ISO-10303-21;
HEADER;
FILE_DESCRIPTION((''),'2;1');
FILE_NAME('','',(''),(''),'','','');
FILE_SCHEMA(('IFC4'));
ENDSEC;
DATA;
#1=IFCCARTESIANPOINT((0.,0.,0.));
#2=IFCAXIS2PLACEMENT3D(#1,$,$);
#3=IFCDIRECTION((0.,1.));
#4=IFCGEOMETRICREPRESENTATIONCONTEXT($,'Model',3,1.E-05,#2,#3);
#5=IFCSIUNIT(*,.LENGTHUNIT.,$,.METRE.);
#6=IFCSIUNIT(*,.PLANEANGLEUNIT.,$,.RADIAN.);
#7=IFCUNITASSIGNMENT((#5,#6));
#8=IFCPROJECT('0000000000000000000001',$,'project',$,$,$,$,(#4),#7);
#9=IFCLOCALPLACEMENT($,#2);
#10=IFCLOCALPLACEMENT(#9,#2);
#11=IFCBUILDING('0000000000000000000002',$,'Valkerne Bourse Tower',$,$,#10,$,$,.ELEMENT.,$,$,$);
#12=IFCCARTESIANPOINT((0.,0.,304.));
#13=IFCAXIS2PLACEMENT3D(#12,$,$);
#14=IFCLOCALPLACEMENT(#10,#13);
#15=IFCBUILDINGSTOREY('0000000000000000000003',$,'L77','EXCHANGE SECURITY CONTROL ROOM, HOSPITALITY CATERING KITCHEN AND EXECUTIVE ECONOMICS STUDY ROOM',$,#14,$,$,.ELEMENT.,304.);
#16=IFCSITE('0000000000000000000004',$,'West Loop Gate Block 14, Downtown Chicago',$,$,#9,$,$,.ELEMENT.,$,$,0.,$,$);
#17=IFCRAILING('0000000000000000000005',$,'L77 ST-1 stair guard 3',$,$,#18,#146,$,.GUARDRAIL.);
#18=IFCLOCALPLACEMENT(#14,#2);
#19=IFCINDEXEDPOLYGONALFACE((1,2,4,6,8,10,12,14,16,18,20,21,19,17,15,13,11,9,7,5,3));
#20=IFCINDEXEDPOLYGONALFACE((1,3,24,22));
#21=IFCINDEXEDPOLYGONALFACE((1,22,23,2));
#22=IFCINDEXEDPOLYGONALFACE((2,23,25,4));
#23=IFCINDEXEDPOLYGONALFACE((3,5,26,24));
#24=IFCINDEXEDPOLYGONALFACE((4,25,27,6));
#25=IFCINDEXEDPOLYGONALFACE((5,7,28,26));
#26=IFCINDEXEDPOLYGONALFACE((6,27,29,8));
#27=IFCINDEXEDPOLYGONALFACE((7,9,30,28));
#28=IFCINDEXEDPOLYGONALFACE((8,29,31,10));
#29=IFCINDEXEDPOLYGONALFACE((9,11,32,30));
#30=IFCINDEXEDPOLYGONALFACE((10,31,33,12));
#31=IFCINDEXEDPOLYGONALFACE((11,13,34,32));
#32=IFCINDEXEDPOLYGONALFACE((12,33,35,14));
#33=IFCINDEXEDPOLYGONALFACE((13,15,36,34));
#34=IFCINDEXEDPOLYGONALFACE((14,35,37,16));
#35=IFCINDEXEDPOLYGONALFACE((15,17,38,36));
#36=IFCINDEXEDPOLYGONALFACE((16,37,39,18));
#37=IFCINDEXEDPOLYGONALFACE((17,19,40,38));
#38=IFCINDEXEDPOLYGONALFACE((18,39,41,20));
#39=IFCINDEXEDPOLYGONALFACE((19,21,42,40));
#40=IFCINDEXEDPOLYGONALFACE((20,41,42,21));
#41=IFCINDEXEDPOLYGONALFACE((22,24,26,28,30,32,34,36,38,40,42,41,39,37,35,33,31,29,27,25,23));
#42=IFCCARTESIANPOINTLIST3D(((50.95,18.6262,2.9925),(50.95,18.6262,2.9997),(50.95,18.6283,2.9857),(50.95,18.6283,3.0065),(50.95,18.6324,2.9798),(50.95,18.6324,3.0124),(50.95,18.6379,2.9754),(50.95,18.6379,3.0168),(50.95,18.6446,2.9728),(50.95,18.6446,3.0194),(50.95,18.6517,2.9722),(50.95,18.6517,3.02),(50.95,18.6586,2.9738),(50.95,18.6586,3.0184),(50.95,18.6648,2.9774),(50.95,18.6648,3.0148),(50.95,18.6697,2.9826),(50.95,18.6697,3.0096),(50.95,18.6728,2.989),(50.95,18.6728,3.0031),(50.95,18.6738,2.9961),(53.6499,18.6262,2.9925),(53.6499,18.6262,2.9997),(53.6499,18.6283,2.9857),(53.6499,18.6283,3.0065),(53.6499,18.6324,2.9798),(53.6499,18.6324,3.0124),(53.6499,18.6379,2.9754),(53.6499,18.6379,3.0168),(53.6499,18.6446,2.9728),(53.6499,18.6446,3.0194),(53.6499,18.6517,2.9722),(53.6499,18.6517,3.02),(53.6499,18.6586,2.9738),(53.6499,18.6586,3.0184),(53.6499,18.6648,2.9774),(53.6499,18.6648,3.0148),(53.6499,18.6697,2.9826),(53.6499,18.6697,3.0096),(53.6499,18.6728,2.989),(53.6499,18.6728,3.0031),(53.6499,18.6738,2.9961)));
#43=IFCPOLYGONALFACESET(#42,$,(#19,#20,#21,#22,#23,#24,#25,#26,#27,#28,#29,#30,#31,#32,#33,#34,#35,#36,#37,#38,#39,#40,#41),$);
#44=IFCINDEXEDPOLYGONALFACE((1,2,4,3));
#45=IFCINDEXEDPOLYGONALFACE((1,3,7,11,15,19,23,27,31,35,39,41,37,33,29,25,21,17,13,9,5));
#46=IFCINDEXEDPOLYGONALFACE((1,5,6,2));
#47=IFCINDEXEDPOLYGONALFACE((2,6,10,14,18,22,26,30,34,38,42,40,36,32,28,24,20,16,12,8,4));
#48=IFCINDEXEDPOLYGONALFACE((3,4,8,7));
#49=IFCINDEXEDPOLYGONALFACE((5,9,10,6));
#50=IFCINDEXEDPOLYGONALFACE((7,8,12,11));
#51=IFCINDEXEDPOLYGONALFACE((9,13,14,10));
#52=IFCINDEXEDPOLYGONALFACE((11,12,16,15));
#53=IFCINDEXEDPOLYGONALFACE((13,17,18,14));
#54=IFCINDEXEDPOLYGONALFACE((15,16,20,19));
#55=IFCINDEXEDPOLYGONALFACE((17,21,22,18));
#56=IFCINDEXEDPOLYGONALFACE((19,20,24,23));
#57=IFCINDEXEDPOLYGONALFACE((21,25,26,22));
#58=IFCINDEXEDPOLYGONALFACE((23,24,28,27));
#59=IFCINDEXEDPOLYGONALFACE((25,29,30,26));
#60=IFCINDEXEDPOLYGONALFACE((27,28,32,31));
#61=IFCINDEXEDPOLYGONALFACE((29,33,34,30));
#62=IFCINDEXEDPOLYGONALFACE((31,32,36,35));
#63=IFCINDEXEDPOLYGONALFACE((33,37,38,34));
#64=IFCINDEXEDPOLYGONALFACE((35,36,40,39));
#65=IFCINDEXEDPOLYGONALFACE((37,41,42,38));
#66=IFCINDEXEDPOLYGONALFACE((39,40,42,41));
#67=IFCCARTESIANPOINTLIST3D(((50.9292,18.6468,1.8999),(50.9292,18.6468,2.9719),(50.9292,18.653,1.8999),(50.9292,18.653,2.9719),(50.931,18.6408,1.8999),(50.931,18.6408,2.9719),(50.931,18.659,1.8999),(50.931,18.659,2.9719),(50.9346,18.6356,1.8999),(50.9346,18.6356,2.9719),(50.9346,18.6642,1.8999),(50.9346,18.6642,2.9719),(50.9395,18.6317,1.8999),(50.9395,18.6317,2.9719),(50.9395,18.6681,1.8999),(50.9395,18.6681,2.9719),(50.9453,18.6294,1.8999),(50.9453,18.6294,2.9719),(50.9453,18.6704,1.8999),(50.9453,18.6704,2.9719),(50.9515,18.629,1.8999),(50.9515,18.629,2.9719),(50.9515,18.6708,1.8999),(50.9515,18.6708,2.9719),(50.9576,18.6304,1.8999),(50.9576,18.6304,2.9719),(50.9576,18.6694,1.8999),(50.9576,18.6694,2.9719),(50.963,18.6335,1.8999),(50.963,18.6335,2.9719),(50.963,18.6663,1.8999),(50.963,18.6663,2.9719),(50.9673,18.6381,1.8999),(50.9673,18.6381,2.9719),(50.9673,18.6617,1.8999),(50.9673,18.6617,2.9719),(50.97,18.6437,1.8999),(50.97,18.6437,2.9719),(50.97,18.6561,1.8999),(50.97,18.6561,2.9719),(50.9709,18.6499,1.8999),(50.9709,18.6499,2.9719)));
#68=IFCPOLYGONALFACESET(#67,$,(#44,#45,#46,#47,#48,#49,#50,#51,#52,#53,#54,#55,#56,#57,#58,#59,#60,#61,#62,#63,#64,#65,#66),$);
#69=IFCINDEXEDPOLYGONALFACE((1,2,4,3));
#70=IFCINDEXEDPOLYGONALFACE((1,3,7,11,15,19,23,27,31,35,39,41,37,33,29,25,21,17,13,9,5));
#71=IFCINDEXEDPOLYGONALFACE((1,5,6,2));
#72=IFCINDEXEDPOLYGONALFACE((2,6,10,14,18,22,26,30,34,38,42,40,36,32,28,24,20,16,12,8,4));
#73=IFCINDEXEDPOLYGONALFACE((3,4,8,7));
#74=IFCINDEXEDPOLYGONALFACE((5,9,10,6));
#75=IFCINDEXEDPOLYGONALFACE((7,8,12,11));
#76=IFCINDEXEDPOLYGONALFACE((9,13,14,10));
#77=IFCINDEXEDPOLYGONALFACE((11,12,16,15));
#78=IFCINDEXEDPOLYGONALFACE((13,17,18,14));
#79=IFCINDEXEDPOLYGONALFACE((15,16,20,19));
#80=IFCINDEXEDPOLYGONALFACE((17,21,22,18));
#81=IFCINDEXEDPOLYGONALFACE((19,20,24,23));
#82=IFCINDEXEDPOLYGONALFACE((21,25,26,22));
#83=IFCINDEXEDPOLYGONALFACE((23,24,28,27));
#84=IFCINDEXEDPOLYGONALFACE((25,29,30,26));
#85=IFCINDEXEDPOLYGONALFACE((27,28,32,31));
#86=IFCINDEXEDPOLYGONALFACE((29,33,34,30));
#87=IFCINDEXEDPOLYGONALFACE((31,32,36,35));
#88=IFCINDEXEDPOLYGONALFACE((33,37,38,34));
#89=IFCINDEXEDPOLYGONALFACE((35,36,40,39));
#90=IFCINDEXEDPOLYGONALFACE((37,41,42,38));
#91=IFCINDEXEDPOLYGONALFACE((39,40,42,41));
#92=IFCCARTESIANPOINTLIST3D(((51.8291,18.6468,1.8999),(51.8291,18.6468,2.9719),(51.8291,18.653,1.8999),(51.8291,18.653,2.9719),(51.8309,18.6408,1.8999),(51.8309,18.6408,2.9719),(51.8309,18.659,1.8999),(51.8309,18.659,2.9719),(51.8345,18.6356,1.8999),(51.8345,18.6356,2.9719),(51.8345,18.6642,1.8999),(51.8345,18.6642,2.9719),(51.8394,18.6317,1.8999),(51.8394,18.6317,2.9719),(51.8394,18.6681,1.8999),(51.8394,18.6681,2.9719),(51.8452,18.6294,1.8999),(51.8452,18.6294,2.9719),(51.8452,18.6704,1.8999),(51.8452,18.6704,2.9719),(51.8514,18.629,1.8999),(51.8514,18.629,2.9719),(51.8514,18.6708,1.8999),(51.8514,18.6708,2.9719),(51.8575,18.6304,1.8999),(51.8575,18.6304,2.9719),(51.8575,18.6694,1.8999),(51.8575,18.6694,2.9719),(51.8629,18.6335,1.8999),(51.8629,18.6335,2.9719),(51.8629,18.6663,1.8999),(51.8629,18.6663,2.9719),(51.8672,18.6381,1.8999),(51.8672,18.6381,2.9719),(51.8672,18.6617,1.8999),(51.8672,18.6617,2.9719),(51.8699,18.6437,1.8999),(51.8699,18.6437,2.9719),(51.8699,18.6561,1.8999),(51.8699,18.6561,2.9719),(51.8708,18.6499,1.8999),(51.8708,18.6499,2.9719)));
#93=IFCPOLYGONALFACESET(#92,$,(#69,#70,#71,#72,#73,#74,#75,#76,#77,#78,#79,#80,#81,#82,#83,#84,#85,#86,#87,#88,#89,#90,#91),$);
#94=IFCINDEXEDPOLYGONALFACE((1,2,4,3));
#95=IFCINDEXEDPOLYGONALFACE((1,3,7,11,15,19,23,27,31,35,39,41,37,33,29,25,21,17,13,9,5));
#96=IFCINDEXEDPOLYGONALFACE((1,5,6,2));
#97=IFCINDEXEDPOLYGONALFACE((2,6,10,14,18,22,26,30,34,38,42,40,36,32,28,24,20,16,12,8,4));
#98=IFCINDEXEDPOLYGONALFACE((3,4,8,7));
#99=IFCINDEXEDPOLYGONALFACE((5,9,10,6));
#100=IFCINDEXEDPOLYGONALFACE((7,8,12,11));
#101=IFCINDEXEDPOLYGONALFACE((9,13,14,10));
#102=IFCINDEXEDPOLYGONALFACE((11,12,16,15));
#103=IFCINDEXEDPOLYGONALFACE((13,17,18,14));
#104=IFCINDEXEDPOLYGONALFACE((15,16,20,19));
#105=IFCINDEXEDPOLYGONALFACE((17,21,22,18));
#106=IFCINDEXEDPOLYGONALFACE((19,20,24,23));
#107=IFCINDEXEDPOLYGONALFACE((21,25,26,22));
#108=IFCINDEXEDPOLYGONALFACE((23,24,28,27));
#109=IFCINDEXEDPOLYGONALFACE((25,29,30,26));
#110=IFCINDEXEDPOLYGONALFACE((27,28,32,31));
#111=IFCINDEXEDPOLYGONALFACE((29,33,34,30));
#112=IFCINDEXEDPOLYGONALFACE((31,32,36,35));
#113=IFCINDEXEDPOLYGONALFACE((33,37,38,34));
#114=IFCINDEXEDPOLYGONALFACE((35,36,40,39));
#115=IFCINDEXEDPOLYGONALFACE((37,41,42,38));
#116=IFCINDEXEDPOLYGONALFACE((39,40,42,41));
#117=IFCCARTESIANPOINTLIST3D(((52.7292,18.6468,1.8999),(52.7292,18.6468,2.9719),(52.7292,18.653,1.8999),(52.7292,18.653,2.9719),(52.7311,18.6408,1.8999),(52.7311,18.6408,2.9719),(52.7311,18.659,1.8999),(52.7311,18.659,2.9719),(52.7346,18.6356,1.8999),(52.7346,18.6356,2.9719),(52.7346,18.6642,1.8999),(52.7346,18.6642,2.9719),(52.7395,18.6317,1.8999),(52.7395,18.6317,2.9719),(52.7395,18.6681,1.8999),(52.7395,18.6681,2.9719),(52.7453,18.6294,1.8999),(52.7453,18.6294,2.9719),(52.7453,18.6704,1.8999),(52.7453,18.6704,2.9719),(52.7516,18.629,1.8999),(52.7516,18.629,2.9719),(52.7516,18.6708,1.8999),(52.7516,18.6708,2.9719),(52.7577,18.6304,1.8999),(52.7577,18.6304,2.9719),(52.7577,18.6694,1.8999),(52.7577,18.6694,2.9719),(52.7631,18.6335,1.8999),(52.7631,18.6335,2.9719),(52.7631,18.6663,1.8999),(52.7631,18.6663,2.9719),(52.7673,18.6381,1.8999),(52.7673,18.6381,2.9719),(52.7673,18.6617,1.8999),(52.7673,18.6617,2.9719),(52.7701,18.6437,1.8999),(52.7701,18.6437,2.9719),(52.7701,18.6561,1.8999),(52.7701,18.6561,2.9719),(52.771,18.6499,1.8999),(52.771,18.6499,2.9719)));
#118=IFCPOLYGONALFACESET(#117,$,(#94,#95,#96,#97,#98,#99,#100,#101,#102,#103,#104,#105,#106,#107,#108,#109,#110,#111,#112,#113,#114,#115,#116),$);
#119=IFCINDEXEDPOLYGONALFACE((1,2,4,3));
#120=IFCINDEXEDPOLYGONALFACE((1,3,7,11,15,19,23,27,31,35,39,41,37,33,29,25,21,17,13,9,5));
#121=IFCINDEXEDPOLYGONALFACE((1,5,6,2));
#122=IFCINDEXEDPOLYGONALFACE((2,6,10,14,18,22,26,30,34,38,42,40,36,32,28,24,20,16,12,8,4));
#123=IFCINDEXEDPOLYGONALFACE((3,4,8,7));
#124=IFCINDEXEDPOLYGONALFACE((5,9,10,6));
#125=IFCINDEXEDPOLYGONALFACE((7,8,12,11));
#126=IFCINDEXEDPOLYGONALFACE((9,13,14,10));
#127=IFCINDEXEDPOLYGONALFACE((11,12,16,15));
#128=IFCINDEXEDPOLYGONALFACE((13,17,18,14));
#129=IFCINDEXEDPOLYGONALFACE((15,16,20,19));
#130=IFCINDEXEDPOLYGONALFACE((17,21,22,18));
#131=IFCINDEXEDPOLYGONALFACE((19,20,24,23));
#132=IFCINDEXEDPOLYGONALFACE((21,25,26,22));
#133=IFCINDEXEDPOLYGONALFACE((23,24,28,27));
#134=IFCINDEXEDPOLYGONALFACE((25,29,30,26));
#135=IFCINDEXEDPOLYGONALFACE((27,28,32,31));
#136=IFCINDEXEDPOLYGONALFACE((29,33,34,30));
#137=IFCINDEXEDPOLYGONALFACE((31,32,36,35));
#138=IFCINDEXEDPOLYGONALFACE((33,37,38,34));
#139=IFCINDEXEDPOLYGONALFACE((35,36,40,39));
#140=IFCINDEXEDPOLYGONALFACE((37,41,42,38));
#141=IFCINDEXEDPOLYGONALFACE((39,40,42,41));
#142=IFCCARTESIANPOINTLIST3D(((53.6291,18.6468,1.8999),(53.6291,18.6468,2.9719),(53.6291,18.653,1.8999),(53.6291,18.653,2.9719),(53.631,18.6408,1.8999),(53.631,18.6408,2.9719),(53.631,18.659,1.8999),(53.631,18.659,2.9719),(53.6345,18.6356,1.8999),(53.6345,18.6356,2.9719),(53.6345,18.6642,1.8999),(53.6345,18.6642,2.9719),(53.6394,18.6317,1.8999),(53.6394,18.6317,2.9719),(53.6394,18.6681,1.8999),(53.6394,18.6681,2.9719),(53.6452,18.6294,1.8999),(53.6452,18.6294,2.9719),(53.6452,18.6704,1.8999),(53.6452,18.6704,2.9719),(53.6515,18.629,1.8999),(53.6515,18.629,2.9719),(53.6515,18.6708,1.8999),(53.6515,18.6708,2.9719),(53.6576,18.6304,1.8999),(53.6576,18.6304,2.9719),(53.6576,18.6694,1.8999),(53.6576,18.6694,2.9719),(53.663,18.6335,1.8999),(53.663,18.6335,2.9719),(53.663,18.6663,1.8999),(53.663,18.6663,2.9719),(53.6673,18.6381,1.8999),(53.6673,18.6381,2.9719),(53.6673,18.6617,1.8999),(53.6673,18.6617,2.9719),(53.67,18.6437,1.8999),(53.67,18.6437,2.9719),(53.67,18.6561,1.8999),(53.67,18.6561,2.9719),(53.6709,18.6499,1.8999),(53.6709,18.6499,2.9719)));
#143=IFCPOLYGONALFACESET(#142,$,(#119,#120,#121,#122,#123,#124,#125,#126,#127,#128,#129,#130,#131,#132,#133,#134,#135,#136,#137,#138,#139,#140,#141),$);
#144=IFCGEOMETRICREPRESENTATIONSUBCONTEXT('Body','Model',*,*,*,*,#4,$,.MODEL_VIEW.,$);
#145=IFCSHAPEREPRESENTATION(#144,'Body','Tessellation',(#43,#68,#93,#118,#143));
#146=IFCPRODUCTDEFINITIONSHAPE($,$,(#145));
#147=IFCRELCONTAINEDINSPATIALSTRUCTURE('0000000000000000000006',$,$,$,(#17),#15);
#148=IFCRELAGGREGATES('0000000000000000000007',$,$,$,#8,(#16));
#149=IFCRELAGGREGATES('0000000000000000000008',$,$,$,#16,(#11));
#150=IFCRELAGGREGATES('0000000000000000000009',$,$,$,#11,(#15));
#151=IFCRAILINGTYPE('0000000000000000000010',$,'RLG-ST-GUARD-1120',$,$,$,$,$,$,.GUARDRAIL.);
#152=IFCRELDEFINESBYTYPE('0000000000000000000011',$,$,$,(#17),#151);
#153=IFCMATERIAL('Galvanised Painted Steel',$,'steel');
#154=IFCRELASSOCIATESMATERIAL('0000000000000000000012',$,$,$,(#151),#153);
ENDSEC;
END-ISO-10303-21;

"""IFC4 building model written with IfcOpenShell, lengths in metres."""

from ifc_helpers import new_model, si_unit, direction, frame, origin, origin_2d, place, context, subcontext, project, spatial, circle, extrude, material, type_object, element, save


model = new_model("IFC4")

# Units and contexts
model_context = context("Model", 3, precision=1e-05, world=origin(), true_north=direction((0.0, 1.0)))
body_context = subcontext(model_context, "Body", "Model", "MODEL_VIEW")
ifc_project = project(units=[si_unit("LENGTHUNIT", "METRE"), si_unit("PLANEANGLEUNIT", "RADIAN")], contexts=[model_context])

# Site, building, storey
site_placement = place(None, origin())
site = spatial("IfcSite", under=ifc_project, at=site_placement, Name="West Loop Gate Block 14, Downtown Chicago", CompositionType="ELEMENT", RefElevation=0.0)
building_placement = place(site_placement, origin())
building = spatial("IfcBuilding", under=site, at=building_placement, Name="Valkerne Bourse Tower", CompositionType="ELEMENT")
storey_placement = place(building_placement, frame((0.0, 0.0, 304.0)))
storey = spatial("IfcBuildingStorey", under=building, at=storey_placement, Name="L77", Description="EXCHANGE SECURITY CONTROL ROOM, HOSPITALITY CATERING KITCHEN AND EXECUTIVE ECONOMICS STUDY ROOM", CompositionType="ELEMENT", Elevation=304.0)

# Shared definitions
ifc_material_1 = material(Name="Galvanised Painted Steel", Category="steel")

# Railing
railing_type_1 = type_object("IfcRailingType", Name="RLG-ST-GUARD-1120", PredefinedType="GUARDRAIL", material=ifc_material_1)
for number, where, name in (
    (1, (50.95, 18.6499, 1.8999), "L77 ST-1 stair guard 3"),
):
    element("IfcRailing", number, at=place(storey_placement, frame(where)), inside=storey, type_object=railing_type_1, Name=name, PredefinedType="GUARDRAIL", context=body_context, shape_type="SweptSolid", body=[
        extrude(circle(Radius=0.0239, at=origin_2d()), frame((0.0, 0.0, 1.0962), z_axis=(1.0, 0.0, 0.0), x_axis=(0.0, 1.0, 0.0)), (0.0, 0.0, 1.0), 2.7),
        extrude(circle(Radius=0.021, at=origin_2d()), origin(), (0.0, 0.0, 1.0), 1.072),
        extrude(circle(Radius=0.021, at=origin_2d()), frame((0.8999, 0.0, 0.0)), (0.0, 0.0, 1.0), 1.072),
        extrude(circle(Radius=0.021, at=origin_2d()), frame((1.8, 0.0, 0.0)), (0.0, 0.0, 1.0), 1.072),
        extrude(circle(Radius=0.021, at=origin_2d()), frame((2.7, 0.0, 0.0)), (0.0, 0.0, 1.0), 1.072),
    ])

save(model, "model.ifc")
